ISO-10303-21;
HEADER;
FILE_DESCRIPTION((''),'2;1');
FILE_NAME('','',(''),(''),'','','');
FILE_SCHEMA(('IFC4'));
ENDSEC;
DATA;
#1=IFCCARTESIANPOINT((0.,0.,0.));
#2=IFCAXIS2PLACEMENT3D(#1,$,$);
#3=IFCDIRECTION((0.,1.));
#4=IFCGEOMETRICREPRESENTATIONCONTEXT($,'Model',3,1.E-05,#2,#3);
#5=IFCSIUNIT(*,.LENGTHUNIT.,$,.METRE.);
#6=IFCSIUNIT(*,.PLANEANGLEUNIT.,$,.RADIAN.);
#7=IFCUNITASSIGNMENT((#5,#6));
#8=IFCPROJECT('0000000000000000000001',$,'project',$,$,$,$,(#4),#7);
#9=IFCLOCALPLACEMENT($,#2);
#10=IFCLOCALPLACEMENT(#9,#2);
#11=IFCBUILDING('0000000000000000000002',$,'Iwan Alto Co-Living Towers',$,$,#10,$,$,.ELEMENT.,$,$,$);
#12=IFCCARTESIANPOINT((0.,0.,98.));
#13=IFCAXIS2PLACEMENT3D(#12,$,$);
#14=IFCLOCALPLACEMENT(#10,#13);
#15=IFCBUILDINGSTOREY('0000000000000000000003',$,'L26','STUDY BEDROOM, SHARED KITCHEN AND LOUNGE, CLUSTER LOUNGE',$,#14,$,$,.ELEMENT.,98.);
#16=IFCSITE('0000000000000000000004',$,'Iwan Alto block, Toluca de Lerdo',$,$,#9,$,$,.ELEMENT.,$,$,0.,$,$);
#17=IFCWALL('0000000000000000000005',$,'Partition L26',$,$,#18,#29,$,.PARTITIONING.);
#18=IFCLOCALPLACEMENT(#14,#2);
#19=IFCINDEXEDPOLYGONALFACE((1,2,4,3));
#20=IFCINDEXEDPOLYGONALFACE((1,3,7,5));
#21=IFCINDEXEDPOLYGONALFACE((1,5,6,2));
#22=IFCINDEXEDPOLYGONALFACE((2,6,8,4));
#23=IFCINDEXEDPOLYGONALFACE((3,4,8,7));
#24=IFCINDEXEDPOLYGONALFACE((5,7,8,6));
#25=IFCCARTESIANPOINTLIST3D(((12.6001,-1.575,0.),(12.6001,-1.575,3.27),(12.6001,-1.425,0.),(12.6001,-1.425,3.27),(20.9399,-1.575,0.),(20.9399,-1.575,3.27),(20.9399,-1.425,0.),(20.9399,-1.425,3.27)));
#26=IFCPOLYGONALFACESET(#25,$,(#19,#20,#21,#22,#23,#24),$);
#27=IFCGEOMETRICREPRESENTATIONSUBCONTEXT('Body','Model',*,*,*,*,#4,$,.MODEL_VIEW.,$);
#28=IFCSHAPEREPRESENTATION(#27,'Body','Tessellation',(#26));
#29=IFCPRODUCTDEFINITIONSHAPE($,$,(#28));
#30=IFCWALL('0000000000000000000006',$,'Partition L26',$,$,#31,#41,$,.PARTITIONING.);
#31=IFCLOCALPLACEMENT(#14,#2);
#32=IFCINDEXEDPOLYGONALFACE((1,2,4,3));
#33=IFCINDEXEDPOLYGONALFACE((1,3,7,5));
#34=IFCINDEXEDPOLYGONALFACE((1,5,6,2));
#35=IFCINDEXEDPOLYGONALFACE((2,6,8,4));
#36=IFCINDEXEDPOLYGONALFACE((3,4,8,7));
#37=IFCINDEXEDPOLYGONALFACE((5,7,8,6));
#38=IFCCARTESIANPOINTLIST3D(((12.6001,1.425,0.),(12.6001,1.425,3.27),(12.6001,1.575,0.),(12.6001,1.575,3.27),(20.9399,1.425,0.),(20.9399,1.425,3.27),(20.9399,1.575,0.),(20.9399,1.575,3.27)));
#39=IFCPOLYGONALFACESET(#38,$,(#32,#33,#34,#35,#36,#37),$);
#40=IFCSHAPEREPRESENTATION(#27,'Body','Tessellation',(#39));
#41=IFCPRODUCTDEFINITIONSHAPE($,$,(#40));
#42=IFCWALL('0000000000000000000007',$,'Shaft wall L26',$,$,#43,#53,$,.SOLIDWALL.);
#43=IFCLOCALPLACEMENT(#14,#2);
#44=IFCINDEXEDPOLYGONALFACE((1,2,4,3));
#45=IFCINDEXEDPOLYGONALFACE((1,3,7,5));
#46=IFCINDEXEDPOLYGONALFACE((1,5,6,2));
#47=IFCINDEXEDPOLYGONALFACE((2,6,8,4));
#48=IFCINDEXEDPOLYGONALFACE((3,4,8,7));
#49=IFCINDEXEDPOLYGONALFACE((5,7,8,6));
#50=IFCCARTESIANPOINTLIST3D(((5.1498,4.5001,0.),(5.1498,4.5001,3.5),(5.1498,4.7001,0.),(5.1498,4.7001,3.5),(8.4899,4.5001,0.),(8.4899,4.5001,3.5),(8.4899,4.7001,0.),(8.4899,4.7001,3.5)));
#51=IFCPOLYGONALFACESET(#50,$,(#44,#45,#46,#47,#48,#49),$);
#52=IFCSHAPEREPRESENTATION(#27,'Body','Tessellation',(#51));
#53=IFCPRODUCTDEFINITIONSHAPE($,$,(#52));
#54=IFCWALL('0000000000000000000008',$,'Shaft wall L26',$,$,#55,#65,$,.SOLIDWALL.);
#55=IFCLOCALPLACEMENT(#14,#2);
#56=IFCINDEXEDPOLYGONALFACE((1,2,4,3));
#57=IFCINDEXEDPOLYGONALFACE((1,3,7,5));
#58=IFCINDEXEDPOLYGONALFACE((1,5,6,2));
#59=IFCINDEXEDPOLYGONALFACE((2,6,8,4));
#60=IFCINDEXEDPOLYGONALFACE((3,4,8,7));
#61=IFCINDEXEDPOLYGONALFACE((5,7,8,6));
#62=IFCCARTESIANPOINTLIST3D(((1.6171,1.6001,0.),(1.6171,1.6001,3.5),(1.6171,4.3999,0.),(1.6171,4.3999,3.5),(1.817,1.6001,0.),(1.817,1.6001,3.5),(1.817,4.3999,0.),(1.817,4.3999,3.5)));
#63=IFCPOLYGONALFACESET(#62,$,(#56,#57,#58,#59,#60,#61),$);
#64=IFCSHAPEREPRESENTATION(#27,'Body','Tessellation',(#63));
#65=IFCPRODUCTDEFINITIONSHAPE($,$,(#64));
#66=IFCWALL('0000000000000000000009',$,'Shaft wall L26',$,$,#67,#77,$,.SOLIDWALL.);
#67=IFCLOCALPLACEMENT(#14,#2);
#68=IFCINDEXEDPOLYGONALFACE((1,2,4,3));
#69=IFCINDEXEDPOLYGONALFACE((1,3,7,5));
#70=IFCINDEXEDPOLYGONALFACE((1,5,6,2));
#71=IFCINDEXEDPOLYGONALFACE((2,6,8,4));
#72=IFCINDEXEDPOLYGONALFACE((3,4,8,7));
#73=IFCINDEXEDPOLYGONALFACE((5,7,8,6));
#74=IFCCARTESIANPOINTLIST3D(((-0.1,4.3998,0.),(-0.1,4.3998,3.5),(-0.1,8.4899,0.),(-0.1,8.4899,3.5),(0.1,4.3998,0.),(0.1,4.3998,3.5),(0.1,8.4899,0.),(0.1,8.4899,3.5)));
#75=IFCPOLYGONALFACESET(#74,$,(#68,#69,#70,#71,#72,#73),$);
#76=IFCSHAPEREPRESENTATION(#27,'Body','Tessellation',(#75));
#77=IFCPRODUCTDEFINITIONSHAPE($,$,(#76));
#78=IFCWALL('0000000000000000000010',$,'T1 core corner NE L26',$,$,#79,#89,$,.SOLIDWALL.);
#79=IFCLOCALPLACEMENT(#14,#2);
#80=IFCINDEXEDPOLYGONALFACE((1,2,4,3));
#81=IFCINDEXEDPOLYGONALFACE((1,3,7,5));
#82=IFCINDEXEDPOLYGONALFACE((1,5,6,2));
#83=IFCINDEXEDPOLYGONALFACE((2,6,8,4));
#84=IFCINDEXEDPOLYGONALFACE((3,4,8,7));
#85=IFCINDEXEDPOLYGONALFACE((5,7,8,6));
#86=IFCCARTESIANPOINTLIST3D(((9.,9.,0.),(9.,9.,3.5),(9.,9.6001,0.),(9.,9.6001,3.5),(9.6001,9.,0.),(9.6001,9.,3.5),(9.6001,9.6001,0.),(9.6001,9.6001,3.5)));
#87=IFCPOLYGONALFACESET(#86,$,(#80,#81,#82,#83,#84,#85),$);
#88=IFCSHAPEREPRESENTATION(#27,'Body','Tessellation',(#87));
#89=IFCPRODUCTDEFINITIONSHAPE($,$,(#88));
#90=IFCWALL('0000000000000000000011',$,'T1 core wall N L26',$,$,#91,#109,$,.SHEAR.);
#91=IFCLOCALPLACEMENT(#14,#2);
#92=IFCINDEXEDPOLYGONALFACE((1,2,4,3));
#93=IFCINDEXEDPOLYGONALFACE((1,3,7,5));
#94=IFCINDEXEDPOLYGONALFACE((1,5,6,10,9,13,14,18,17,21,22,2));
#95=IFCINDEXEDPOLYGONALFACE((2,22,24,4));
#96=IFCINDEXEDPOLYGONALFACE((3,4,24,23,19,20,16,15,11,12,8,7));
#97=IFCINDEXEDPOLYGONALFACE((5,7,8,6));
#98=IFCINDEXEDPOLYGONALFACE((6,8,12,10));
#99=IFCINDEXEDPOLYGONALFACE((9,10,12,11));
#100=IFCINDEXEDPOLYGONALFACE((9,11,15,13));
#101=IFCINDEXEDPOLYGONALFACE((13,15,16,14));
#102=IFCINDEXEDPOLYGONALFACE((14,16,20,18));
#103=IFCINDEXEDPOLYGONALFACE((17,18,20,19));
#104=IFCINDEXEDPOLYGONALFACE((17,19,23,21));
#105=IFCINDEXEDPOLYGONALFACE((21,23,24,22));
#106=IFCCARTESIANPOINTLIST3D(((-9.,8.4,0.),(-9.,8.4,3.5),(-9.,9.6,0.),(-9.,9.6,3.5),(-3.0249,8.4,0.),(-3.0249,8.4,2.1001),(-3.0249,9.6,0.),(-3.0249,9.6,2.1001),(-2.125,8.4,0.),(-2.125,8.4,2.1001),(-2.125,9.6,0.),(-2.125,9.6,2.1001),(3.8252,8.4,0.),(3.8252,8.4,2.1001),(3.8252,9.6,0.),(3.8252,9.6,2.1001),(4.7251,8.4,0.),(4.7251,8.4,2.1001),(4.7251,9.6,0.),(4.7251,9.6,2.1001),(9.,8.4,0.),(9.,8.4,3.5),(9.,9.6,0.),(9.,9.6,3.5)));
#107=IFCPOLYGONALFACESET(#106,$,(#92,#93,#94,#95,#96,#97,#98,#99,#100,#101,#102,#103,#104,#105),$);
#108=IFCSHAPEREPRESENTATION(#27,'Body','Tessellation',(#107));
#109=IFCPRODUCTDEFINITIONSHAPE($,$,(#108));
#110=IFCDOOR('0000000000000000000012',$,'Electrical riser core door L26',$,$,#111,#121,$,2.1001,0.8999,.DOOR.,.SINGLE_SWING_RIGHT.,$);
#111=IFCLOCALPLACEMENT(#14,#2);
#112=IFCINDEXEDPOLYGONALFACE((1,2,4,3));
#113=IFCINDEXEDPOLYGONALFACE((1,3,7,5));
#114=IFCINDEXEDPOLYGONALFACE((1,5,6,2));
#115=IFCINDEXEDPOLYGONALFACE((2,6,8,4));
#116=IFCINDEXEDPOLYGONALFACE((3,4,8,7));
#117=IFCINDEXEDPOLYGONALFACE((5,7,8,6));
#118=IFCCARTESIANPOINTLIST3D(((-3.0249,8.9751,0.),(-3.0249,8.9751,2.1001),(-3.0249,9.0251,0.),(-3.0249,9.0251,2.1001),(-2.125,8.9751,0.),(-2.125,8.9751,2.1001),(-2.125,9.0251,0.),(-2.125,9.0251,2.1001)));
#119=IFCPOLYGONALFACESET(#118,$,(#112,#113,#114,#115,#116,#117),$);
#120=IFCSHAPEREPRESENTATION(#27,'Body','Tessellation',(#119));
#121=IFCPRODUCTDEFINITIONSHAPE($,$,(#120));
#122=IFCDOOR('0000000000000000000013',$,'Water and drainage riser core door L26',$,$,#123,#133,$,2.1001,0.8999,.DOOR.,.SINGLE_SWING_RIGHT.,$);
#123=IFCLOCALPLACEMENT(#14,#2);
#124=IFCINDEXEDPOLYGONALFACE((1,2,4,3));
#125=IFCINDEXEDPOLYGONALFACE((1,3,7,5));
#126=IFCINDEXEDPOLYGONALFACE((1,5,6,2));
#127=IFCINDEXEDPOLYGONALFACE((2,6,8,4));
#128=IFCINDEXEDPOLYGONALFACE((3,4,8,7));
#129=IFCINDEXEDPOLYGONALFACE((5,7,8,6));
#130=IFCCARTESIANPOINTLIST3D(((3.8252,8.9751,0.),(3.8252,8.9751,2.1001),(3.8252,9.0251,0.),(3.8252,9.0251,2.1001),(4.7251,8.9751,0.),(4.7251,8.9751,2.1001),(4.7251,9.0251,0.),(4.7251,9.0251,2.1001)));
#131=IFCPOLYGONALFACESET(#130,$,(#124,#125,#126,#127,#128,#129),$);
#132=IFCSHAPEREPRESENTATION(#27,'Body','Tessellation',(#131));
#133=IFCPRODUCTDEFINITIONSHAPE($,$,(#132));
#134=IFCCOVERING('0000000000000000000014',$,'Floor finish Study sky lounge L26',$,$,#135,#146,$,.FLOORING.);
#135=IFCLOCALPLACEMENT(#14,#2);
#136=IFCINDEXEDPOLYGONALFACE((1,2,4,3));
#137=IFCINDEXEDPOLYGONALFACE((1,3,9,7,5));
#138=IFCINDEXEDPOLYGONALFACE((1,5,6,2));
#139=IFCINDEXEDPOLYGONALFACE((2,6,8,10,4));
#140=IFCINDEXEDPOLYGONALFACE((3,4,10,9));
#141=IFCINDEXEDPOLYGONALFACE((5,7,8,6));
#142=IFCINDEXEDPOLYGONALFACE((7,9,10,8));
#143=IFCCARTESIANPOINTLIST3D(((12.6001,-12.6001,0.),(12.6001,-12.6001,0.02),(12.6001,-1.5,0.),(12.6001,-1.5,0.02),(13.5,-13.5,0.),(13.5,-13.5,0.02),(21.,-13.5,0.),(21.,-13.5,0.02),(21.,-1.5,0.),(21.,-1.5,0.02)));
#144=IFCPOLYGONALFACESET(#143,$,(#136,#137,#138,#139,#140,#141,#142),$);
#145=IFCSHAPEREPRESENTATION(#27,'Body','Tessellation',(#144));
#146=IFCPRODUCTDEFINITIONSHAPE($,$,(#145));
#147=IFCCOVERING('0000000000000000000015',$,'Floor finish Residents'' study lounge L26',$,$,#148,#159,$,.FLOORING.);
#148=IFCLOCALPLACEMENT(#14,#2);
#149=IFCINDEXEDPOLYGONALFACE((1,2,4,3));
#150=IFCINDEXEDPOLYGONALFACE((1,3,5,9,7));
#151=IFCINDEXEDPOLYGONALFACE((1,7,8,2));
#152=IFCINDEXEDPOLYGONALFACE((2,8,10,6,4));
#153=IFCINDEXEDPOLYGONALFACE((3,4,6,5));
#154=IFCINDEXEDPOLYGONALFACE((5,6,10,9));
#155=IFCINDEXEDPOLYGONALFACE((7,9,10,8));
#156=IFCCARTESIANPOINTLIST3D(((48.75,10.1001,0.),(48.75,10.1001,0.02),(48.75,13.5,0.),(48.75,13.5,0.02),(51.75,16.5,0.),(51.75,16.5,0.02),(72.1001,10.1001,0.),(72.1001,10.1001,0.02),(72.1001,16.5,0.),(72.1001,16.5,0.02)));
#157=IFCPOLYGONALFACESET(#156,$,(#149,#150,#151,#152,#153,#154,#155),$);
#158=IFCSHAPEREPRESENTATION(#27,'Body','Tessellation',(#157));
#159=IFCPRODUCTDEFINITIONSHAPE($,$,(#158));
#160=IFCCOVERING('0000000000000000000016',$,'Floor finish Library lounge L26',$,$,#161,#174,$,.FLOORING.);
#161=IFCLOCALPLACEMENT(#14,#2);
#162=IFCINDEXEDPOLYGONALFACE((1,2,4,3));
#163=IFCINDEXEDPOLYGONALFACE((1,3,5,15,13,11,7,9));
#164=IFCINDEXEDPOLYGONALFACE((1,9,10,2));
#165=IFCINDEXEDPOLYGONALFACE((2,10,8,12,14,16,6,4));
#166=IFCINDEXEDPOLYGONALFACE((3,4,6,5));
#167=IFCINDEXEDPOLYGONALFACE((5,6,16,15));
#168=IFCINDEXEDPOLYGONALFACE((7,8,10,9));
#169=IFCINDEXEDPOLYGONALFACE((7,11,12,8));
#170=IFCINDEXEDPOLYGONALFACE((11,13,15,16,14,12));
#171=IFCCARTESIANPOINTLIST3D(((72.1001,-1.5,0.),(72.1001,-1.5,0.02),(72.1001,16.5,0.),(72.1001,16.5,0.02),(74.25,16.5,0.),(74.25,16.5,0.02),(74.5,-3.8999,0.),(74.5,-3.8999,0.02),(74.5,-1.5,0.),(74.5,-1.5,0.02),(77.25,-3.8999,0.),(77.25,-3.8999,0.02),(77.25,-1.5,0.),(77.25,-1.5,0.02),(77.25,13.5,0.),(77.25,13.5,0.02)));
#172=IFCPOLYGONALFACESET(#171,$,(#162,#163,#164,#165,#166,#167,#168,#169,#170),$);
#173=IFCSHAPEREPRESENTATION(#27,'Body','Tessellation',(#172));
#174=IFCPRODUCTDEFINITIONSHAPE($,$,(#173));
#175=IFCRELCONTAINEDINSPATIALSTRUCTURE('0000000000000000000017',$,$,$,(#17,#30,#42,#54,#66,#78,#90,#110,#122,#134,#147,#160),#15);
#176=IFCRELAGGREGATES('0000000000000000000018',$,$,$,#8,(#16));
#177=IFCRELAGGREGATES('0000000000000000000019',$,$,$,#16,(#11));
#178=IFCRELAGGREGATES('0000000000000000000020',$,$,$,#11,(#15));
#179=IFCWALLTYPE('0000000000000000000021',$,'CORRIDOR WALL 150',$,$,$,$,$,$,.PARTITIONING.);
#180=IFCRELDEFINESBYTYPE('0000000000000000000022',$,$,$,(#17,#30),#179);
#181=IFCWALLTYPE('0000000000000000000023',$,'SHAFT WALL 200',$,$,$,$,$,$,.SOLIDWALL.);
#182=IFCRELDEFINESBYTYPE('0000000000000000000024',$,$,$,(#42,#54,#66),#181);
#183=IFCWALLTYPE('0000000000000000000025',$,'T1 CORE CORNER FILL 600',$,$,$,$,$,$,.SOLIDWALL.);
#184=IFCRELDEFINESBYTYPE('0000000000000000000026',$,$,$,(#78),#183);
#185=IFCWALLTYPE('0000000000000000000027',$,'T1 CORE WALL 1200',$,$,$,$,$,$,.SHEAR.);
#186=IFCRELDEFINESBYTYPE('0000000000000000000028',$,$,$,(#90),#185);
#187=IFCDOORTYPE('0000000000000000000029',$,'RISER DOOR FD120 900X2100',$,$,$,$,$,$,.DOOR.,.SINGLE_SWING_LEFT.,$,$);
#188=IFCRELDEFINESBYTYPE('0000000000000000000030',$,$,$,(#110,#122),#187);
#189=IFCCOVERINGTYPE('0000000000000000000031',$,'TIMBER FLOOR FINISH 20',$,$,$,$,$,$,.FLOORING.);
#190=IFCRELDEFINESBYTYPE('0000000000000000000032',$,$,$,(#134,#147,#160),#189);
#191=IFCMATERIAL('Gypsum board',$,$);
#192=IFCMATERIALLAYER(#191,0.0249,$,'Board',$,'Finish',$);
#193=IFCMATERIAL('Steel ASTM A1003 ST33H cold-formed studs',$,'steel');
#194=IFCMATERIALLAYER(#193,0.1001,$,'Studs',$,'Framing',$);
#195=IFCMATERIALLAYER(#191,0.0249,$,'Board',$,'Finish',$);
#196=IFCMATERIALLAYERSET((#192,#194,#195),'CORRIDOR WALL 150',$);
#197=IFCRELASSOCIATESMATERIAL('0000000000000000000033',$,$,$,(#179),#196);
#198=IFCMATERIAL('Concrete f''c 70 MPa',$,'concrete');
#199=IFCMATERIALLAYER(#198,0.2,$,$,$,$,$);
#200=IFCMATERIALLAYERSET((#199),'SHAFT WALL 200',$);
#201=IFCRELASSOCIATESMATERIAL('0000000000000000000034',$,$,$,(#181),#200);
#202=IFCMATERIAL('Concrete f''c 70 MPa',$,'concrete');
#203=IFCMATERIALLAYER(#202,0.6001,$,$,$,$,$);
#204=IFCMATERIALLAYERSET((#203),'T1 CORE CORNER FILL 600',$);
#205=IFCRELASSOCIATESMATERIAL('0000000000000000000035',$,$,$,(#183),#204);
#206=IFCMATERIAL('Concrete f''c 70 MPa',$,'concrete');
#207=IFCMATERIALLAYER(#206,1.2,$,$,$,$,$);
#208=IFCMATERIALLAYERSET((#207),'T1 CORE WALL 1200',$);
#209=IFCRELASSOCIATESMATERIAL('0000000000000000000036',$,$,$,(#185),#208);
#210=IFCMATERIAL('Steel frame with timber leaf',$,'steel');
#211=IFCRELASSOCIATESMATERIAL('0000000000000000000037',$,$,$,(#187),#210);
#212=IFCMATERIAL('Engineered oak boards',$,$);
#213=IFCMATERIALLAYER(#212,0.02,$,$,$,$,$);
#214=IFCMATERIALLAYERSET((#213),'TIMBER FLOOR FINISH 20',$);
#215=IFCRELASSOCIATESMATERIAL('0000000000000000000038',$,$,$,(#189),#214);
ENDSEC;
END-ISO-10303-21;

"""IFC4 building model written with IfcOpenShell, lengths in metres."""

from ifc_helpers import new_model, si_unit, direction, frame, frame_2d, origin, place, context, subcontext, project, spatial, polyline, rectangle, outline, extrude, material, layer, layer_set, type_object, element, fill, save


model = new_model("IFC4")

# Units and contexts
model_context = context("Model", 3, precision=1e-05, world=origin(), true_north=direction((0.0, 1.0)))
body_context = subcontext(model_context, "Body", "Model", "MODEL_VIEW")
ifc_project = project(units=[si_unit("LENGTHUNIT", "METRE"), si_unit("PLANEANGLEUNIT", "RADIAN")], contexts=[model_context])

# Site, building, storey
site_placement = place(None, origin())
site = spatial("IfcSite", under=ifc_project, at=site_placement, Name="Iwan Alto block, Toluca de Lerdo", CompositionType="ELEMENT", RefElevation=0.0)
building_placement = place(site_placement, origin())
building = spatial("IfcBuilding", under=site, at=building_placement, Name="Iwan Alto Co-Living Towers", CompositionType="ELEMENT")
storey_placement = place(building_placement, frame((0.0, 0.0, 98.0)))
storey = spatial("IfcBuildingStorey", under=building, at=storey_placement, Name="L26", Description="STUDY BEDROOM, SHARED KITCHEN AND LOUNGE, CLUSTER LOUNGE", CompositionType="ELEMENT", Elevation=98.0)

# Walls
ifc_material_1 = material(Name="Gypsum board")
ifc_layer_1 = layer(ifc_material_1, 0.0249, Name="Board", Category="Finish")
ifc_material_2 = material(Name="Steel ASTM A1003 ST33H cold-formed studs", Category="steel")
ifc_layer_2 = layer(ifc_material_2, 0.1001, Name="Studs", Category="Framing")
ifc_layer_3 = layer(ifc_material_1, 0.0249, Name="Board", Category="Finish")
ifc_layer_set_1 = layer_set([ifc_layer_1, ifc_layer_2, ifc_layer_3], Name="CORRIDOR WALL 150")
wall_type_1 = type_object("IfcWallType", Name="CORRIDOR WALL 150", PredefinedType="PARTITIONING", material=ifc_layer_set_1)
for number, where, z_axis, x_axis, name in (
    (1, (12.6001, -1.5, 0.0), (0.0, 0.0, 1.0), (1.0, 0.0, 0.0), "Partition L26"),
    (2, (12.6001, 1.5, 0.0), (0.0, 0.0, 1.0), (1.0, 0.0, 0.0), "Partition L26"),
):
    element("IfcWall", number, at=place(storey_placement, frame(where, z_axis=z_axis, x_axis=x_axis)), inside=storey, type_object=wall_type_1, Name=name, PredefinedType="PARTITIONING", context=body_context, shape_type="SweptSolid", body=[
        extrude(rectangle(XDim=8.3398, YDim=0.1499, at=frame_2d((4.1699, 0.0))), origin(), (0.0, 0.0, 1.0), 3.27),
    ])
ifc_material_3 = material(Name="Concrete f'c 70 MPa", Category="concrete")
ifc_layer_4 = layer(ifc_material_3, 0.2)
ifc_layer_set_2 = layer_set([ifc_layer_4], Name="SHAFT WALL 200")
wall_type_2 = type_object("IfcWallType", Name="SHAFT WALL 200", PredefinedType="SOLIDWALL", material=ifc_layer_set_2)
wall_1_placement = place(storey_placement, frame((5.1499, 4.6001, 0.0), z_axis=(0.0, 0.0, 1.0), x_axis=(1.0, 0.0, 0.0)))
element("IfcWall", 3, at=wall_1_placement, inside=storey, type_object=wall_type_2, Name="Shaft wall L26", PredefinedType="SOLIDWALL", context=body_context, shape_type="SweptSolid", body=[
    extrude(rectangle(XDim=3.3401, YDim=0.2, at=frame_2d((1.6699, 0.0))), origin(), (0.0, 0.0, 1.0), 3.5),
])
wall_2_placement = place(storey_placement, frame((1.717, 1.6001, 0.0), z_axis=(0.0, 0.0, 1.0), x_axis=(0.0, 1.0, 0.0)))
element("IfcWall", 4, at=wall_2_placement, inside=storey, type_object=wall_type_2, Name="Shaft wall L26", PredefinedType="SOLIDWALL", context=body_context, shape_type="SweptSolid", body=[
    extrude(rectangle(XDim=2.7998, YDim=0.2, at=frame_2d((1.3999, 0.0))), origin(), (0.0, 0.0, 1.0), 3.5),
])
wall_3_placement = place(storey_placement, frame((0.0, 4.3999, 0.0), z_axis=(0.0, 0.0, 1.0), x_axis=(0.0, 1.0, 0.0)))
element("IfcWall", 5, at=wall_3_placement, inside=storey, type_object=wall_type_2, Name="Shaft wall L26", PredefinedType="SOLIDWALL", context=body_context, shape_type="SweptSolid", body=[
    extrude(rectangle(XDim=4.0901, YDim=0.2, at=frame_2d((2.0449, 0.0))), origin(), (0.0, 0.0, 1.0), 3.5),
])
ifc_material_4 = material(Name="Concrete f'c 70 MPa", Category="concrete")
ifc_layer_5 = layer(ifc_material_4, 0.6001)
ifc_layer_set_3 = layer_set([ifc_layer_5], Name="T1 CORE CORNER FILL 600")
wall_type_3 = type_object("IfcWallType", Name="T1 CORE CORNER FILL 600", PredefinedType="SOLIDWALL", material=ifc_layer_set_3)
wall_4_placement = place(storey_placement, frame((9.0, 9.3, 0.0), z_axis=(0.0, 0.0, 1.0), x_axis=(1.0, 0.0, 0.0)))
element("IfcWall", 6, at=wall_4_placement, inside=storey, type_object=wall_type_3, Name="T1 core corner NE L26", PredefinedType="SOLIDWALL", context=body_context, shape_type="SweptSolid", body=[
    extrude(rectangle(XDim=0.6001, YDim=0.6001, at=frame_2d((0.3, 0.0))), origin(), (0.0, 0.0, 1.0), 3.5),
])

# Wall, openings, doors
ifc_material_5 = material(Name="Concrete f'c 70 MPa", Category="concrete")
ifc_layer_6 = layer(ifc_material_5, 1.2)
ifc_layer_set_4 = layer_set([ifc_layer_6], Name="T1 CORE WALL 1200")
wall_type_4 = type_object("IfcWallType", Name="T1 CORE WALL 1200", PredefinedType="SHEAR", material=ifc_layer_set_4)
wall_5_placement = place(storey_placement, frame((9.0, 9.0, 0.0), z_axis=(0.0, 0.0, 1.0), x_axis=(-1.0, 0.0, 0.0)))
wall_5 = element("IfcWall", 7, at=wall_5_placement, inside=storey, type_object=wall_type_4, Name="T1 core wall N L26", PredefinedType="SHEAR", context=body_context, shape_type="SweptSolid", body=[
    extrude(rectangle(XDim=18.0, YDim=1.2, at=frame_2d((9.0, 0.0))), origin(), (0.0, 0.0, 1.0), 3.5),
])
opening_1_placement = place(wall_5_placement, frame((11.125, 0.0, 0.0)))
opening_1 = element("IfcOpeningElement", 8, at=opening_1_placement, cuts=wall_5, PredefinedType="OPENING", context=body_context, shape_type="SweptSolid", body=[
    extrude(rectangle(XDim=0.8999, YDim=2.1001, at=frame_2d((0.45, 1.05))), frame((0.0, 0.6099, 0.0), z_axis=(0.0, -1.0, 0.0), x_axis=(1.0, 0.0, 0.0)), (0.0, 0.0, 1.0), 1.22),
])
opening_2_placement = place(wall_5_placement, frame((4.2749, 0.0, 0.0)))
opening_2 = element("IfcOpeningElement", 9, at=opening_2_placement, cuts=wall_5, PredefinedType="OPENING", context=body_context, shape_type="SweptSolid", body=[
    extrude(rectangle(XDim=0.8999, YDim=2.1001, at=frame_2d((0.45, 1.05))), frame((0.0, 0.6099, 0.0), z_axis=(0.0, -1.0, 0.0), x_axis=(1.0, 0.0, 0.0)), (0.0, 0.0, 1.0), 1.22),
])
ifc_material_6 = material(Name="Steel frame with timber leaf", Category="steel")
door_type = type_object("IfcDoorType", Name="RISER DOOR FD120 900X2100", OperationType="SINGLE_SWING_LEFT", PredefinedType="DOOR", material=ifc_material_6)
door_1_placement = place(opening_1_placement, origin())
door_1 = element("IfcDoor", 10, at=door_1_placement, inside=storey, type_object=door_type, Name="Electrical riser core door L26", OperationType="SINGLE_SWING_RIGHT", OverallHeight=2.1001, OverallWidth=0.8999, PredefinedType="DOOR", context=body_context, shape_type="SweptSolid", body=[
    extrude(rectangle(XDim=0.8999, YDim=2.1001, at=frame_2d((0.45, 1.05))), frame((0.0, 0.0249, 0.0), z_axis=(0.0, -1.0, 0.0), x_axis=(1.0, 0.0, 0.0)), (0.0, 0.0, 1.0), 0.05),
])
fill(opening_1, door_1)
door_2_placement = place(opening_2_placement, origin())
door_2 = element("IfcDoor", 11, at=door_2_placement, inside=storey, type_object=door_type, Name="Water and drainage riser core door L26", OperationType="SINGLE_SWING_RIGHT", OverallHeight=2.1001, OverallWidth=0.8999, PredefinedType="DOOR", context=body_context, shape_type="SweptSolid", body=[
    extrude(rectangle(XDim=0.8999, YDim=2.1001, at=frame_2d((0.45, 1.05))), frame((0.0, 0.0249, 0.0), z_axis=(0.0, -1.0, 0.0), x_axis=(1.0, 0.0, 0.0)), (0.0, 0.0, 1.0), 0.05),
])
fill(opening_2, door_2)

# Coverings
ifc_material_7 = material(Name="Engineered oak boards")
ifc_layer_7 = layer(ifc_material_7, 0.02)
ifc_layer_set_5 = layer_set([ifc_layer_7], Name="TIMBER FLOOR FINISH 20")
covering_type = type_object("IfcCoveringType", Name="TIMBER FLOOR FINISH 20", PredefinedType="FLOORING", material=ifc_layer_set_5)
covering_1_placement = place(storey_placement, origin())
element("IfcCovering", 12, at=covering_1_placement, inside=storey, type_object=covering_type, Name="Floor finish Study sky lounge L26", PredefinedType="FLOORING", context=body_context, shape_type="SweptSolid", body=[
    extrude(outline(polyline([(21.0, -1.5), (21.0, -13.5), (13.5, -13.5), (12.6001, -12.6001), (12.6001, -1.5), (21.0, -1.5)])), origin(), (0.0, 0.0, 1.0), 0.02),
])
covering_2_placement = place(storey_placement, origin())
element("IfcCovering", 13, at=covering_2_placement, inside=storey, type_object=covering_type, Name="Floor finish Residents' study lounge L26", PredefinedType="FLOORING", context=body_context, shape_type="SweptSolid", body=[
    extrude(outline(polyline([(48.75, 10.1001), (48.75, 13.5), (51.75, 16.5), (72.1001, 16.5), (72.1001, 10.1001), (48.75, 10.1001)])), origin(), (0.0, 0.0, 1.0), 0.02),
])
covering_3_placement = place(storey_placement, origin())
element("IfcCovering", 14, at=covering_3_placement, inside=storey, type_object=covering_type, Name="Floor finish Library lounge L26", PredefinedType="FLOORING", context=body_context, shape_type="SweptSolid", body=[
    extrude(outline(polyline([(74.5, -1.5), (72.1001, -1.5), (72.1001, 16.5), (74.25, 16.5), (77.25, 13.5), (77.25, -1.5), (77.25, -3.8999), (74.5, -3.8999), (74.5, -1.5)])), origin(), (0.0, 0.0, 1.0), 0.02),
])

save(model, "model.ifc")
